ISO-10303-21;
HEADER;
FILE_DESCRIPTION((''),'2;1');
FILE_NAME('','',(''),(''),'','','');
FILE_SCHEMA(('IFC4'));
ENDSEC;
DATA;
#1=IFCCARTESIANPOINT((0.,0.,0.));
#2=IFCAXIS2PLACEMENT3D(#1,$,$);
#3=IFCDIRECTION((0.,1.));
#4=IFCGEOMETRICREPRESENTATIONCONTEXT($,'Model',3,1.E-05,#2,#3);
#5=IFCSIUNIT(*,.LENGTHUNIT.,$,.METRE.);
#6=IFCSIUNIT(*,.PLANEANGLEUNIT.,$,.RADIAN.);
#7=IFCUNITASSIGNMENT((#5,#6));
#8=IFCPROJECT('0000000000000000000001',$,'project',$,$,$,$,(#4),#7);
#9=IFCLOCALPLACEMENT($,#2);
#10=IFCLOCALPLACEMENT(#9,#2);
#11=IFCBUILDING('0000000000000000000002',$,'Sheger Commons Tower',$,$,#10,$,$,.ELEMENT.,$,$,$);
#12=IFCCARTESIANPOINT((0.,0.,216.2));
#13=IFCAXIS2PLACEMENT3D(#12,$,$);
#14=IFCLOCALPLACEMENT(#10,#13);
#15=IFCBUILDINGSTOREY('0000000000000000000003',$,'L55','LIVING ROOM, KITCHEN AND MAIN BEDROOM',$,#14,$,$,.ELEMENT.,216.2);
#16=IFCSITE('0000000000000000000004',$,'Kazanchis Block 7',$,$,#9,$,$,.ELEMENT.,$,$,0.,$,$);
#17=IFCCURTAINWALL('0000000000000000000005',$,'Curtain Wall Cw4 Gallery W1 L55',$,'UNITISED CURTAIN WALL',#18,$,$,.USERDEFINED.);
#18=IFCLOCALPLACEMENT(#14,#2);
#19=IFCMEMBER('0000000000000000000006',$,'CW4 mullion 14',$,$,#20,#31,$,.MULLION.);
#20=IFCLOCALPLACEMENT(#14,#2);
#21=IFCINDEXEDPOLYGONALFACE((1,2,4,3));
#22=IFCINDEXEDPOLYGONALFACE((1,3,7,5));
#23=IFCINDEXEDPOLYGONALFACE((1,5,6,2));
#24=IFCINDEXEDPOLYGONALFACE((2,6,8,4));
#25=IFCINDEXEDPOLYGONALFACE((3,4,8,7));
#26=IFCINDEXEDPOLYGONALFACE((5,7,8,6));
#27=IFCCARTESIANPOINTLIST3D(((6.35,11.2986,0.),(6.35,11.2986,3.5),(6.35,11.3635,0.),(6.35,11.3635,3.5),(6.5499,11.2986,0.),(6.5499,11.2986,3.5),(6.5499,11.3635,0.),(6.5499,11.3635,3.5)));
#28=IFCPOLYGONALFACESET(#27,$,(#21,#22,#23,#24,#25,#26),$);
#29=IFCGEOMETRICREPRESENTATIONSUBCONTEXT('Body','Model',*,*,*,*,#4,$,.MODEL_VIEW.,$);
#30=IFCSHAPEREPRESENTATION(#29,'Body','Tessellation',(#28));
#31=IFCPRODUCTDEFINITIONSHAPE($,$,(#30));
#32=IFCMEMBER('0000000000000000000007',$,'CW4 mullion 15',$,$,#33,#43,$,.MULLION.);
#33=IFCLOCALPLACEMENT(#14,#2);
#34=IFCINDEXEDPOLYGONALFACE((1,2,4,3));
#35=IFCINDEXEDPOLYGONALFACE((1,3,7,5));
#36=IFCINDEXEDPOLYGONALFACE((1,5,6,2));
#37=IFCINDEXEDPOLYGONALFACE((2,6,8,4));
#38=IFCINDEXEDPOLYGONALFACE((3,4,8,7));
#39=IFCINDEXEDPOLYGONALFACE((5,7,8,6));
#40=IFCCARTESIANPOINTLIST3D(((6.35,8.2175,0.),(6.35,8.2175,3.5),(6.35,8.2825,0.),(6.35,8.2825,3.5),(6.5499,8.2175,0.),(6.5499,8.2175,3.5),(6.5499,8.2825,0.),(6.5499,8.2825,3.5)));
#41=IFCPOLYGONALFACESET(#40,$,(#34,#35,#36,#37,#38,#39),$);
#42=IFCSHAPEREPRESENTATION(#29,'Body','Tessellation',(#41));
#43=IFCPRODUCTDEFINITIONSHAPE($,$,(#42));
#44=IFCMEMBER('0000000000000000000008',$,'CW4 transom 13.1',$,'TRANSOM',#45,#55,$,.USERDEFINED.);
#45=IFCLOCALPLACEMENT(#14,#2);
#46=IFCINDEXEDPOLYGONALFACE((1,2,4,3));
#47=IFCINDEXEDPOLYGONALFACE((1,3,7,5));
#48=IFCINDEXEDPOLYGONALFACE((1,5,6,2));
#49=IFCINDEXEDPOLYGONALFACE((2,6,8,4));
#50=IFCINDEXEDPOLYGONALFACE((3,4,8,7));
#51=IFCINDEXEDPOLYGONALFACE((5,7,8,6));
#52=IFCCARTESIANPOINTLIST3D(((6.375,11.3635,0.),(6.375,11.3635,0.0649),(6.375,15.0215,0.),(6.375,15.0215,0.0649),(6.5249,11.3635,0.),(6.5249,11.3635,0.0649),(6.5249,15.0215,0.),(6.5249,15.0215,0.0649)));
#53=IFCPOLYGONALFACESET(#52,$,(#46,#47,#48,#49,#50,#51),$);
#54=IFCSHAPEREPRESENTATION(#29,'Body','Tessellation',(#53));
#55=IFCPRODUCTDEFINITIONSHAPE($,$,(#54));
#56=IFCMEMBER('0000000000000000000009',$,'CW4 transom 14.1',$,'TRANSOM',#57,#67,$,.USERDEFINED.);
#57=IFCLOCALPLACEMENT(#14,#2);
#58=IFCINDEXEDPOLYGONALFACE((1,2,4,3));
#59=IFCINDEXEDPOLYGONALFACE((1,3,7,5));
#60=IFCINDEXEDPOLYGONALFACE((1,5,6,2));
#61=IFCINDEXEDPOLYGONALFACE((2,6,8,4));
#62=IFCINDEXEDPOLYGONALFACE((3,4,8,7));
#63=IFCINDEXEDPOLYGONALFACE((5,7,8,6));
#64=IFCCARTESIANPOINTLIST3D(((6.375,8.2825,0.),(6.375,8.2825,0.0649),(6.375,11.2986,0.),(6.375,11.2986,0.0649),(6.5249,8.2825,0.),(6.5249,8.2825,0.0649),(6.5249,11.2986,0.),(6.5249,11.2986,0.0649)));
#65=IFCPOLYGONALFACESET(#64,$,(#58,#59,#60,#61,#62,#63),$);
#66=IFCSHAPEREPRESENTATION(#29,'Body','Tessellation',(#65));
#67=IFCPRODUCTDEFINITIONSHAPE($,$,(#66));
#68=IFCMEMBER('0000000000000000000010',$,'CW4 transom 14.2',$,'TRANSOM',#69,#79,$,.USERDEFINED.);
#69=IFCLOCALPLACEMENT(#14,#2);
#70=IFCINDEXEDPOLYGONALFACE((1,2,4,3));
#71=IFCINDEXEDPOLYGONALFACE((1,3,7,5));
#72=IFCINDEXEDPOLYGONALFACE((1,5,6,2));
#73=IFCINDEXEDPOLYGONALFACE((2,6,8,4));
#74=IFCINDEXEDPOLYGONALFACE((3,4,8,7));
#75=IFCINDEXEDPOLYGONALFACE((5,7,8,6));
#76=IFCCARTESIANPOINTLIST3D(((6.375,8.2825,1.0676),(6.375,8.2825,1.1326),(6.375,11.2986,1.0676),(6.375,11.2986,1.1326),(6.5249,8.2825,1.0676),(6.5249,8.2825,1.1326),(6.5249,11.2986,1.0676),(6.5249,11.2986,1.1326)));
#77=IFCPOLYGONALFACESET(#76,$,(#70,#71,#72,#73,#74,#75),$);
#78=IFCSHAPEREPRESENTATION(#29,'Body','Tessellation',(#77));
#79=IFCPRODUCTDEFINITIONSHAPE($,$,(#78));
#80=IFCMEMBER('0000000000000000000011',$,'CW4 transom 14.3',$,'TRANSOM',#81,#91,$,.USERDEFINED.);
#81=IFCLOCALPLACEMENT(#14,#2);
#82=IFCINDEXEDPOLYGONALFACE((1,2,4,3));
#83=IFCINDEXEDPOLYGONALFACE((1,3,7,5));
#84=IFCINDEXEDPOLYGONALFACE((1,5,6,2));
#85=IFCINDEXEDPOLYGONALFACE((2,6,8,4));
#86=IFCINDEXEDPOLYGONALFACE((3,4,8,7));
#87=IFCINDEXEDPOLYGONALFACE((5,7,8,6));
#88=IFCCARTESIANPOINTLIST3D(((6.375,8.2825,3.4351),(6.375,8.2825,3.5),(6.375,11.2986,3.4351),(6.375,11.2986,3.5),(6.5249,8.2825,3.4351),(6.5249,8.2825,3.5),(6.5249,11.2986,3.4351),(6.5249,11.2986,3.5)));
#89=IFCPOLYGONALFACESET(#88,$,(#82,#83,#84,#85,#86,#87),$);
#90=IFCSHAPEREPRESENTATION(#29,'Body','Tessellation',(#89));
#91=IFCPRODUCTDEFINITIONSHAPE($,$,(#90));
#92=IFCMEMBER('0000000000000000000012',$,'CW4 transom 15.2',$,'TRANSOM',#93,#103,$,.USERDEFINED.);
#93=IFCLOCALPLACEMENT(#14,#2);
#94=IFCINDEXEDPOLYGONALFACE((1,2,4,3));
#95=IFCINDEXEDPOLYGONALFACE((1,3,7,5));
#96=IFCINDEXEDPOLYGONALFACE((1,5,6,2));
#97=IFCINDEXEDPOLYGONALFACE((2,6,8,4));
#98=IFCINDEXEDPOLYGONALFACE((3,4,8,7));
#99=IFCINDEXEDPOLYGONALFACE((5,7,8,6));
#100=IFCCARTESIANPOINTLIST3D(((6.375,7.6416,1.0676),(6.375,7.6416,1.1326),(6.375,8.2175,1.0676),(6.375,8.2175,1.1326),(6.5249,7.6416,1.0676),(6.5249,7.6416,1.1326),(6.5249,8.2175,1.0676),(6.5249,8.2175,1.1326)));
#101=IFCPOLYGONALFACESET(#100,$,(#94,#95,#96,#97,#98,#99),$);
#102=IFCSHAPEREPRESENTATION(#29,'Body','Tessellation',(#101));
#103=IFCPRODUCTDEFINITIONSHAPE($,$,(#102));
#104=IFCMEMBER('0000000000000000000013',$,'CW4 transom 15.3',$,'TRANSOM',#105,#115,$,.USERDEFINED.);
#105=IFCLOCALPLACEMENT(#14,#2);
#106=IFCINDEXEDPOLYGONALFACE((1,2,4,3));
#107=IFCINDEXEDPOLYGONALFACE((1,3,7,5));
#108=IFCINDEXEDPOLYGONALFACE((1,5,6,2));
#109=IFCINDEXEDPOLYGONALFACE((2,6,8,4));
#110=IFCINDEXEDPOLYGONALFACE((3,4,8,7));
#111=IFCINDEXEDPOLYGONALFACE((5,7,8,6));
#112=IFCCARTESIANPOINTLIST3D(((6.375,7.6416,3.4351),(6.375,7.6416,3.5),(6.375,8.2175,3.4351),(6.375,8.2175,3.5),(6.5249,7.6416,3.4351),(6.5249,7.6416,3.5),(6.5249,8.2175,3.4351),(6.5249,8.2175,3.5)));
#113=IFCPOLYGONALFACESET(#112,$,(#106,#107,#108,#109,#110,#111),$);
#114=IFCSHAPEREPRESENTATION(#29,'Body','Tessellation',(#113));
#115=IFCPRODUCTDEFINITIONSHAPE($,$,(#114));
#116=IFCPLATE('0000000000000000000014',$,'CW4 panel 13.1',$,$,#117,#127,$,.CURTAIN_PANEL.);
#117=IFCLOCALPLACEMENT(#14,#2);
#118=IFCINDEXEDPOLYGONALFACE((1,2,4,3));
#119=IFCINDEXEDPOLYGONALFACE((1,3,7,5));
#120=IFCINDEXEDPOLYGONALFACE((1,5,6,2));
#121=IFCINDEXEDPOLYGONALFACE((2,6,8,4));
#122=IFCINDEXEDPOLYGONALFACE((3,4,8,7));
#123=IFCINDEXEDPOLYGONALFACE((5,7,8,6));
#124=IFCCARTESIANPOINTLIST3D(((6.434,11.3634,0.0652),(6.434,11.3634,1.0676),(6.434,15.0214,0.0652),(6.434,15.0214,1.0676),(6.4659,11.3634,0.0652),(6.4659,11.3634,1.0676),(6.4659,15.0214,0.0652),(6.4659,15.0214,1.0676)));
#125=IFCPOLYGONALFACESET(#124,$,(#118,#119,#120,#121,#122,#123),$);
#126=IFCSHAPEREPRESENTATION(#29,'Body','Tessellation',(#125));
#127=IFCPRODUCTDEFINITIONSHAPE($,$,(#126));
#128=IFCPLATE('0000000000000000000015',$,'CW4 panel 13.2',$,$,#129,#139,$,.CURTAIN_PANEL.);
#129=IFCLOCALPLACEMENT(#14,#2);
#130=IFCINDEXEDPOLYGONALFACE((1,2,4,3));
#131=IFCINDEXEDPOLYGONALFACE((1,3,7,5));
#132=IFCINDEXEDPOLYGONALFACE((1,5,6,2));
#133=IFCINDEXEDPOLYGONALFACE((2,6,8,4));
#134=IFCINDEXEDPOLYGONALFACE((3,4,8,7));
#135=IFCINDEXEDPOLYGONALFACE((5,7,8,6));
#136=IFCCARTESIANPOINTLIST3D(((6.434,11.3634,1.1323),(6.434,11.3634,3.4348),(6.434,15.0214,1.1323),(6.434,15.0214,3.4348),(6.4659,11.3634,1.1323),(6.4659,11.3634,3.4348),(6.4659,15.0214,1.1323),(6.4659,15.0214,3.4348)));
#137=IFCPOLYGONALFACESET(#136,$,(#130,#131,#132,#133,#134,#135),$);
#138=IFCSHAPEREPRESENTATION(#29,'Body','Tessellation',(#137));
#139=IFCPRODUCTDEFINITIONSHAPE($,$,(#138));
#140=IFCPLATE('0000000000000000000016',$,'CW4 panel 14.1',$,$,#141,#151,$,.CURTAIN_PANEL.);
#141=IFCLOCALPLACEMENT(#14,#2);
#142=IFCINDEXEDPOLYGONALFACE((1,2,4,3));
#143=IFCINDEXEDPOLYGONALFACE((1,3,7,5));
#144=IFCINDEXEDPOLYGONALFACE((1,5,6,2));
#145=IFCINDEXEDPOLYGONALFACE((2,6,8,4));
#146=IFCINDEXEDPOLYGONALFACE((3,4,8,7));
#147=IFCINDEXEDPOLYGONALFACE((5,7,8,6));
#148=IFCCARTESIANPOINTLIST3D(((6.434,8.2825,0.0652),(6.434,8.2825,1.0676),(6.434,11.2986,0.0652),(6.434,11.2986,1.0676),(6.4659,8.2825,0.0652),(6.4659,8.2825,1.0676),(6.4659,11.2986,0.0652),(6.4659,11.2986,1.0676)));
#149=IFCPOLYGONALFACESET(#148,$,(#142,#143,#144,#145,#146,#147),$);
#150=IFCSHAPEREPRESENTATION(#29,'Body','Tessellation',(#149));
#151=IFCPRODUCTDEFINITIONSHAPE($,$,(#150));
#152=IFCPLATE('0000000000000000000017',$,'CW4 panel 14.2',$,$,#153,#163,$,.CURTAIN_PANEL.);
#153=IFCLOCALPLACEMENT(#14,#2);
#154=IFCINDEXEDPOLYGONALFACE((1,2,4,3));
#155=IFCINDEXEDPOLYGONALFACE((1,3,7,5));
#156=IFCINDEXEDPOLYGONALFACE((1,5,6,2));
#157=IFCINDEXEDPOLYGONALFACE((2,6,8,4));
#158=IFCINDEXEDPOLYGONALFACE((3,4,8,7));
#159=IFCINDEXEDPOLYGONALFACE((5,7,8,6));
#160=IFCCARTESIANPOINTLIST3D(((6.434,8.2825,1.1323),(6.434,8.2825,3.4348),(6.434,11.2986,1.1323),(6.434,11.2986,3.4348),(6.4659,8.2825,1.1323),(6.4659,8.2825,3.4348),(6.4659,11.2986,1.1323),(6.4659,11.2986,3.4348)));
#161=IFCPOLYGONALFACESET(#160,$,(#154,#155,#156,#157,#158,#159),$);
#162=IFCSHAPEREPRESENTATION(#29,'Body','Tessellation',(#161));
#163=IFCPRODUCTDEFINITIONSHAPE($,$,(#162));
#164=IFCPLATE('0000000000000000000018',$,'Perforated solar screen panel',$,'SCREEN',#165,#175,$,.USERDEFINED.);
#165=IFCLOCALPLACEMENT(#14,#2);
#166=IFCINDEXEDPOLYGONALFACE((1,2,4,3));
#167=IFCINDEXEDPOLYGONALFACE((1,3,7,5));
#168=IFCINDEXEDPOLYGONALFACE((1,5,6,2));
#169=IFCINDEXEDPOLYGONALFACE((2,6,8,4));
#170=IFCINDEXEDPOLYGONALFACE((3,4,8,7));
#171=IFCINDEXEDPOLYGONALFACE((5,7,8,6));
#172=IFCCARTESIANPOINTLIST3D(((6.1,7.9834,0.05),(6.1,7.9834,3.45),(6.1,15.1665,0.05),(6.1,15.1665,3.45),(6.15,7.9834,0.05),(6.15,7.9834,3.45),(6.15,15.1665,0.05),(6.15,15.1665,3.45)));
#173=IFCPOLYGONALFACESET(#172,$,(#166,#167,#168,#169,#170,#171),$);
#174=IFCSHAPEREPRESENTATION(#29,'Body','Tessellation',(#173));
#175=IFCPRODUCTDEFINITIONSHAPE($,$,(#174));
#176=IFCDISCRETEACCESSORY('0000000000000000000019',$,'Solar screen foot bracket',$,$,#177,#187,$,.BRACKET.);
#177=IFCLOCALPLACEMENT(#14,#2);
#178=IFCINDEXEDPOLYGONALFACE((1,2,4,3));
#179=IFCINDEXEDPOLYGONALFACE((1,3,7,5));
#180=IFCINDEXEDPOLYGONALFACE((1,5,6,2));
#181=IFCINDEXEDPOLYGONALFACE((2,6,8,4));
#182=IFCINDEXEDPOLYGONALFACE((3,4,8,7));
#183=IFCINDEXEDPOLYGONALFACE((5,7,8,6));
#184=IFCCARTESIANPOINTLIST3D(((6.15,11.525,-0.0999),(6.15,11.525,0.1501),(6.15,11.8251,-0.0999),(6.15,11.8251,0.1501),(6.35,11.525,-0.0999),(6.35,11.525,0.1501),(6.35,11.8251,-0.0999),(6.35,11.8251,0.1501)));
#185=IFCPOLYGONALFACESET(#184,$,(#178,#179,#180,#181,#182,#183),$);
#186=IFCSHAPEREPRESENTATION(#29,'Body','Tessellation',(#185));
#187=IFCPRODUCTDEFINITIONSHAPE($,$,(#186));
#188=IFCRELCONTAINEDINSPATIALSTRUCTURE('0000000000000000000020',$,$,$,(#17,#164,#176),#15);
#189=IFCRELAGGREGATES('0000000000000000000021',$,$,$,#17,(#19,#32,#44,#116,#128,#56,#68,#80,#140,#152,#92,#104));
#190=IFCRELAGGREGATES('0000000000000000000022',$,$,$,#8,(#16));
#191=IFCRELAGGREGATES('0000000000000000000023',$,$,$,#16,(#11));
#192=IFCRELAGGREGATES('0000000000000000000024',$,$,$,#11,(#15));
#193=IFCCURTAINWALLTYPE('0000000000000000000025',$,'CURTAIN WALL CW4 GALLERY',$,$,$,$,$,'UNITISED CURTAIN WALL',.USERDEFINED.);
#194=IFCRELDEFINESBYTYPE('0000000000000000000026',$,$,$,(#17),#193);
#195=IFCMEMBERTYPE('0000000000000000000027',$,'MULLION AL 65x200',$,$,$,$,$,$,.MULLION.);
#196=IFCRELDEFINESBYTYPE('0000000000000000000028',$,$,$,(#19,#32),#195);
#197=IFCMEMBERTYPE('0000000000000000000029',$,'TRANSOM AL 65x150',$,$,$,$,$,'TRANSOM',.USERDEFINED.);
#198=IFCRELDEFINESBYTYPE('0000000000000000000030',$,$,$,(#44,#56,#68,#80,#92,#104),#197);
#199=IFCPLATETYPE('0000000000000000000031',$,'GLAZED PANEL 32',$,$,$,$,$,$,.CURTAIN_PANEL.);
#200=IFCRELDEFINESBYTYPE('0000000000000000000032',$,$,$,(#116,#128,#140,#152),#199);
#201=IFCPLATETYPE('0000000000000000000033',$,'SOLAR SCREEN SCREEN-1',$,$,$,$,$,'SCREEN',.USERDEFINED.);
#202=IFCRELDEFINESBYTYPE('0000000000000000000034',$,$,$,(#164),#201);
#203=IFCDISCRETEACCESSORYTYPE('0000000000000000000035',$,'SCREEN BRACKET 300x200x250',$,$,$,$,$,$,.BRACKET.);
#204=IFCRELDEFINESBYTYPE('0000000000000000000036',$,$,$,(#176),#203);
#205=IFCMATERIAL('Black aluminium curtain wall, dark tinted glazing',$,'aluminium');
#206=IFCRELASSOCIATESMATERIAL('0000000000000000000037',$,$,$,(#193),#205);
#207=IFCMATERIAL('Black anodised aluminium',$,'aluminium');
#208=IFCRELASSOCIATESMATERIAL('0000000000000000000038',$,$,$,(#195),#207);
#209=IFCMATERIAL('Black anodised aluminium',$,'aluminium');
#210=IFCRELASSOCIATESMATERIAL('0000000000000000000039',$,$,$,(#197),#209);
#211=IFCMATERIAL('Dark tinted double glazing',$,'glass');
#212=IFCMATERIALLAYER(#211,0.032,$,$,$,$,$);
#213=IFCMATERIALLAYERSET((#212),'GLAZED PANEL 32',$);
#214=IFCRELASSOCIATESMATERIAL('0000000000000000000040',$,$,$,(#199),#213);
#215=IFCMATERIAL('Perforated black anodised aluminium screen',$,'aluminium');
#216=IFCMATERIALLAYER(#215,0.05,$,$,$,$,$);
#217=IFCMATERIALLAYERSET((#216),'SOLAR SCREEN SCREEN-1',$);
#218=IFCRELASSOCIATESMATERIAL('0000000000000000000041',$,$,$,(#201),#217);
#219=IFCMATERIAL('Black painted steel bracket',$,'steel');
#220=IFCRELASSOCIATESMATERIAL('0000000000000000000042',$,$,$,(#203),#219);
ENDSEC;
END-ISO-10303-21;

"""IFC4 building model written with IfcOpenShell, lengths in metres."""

from ifc_helpers import new_model, si_unit, direction, frame, origin, origin_2d, place, context, subcontext, project, spatial, rectangle, extrude, material, layer, layer_set, material_profile, profile_set, type_object, element, aggregate, save


model = new_model("IFC4")

# Units and contexts
model_context = context("Model", 3, precision=1e-05, world=origin(), true_north=direction((0.0, 1.0)))
body_context = subcontext(model_context, "Body", "Model", "MODEL_VIEW")
ifc_project = project(units=[si_unit("LENGTHUNIT", "METRE"), si_unit("PLANEANGLEUNIT", "RADIAN")], contexts=[model_context])

# Site, building, storey
site_placement = place(None, origin())
site = spatial("IfcSite", under=ifc_project, at=site_placement, Name="Kazanchis Block 7", CompositionType="ELEMENT", RefElevation=0.0)
building_placement = place(site_placement, origin())
building = spatial("IfcBuilding", under=site, at=building_placement, Name="Sheger Commons Tower", CompositionType="ELEMENT")
storey_placement = place(building_placement, frame((0.0, 0.0, 216.2)))
storey = spatial("IfcBuildingStorey", under=building, at=storey_placement, Name="L55", Description="LIVING ROOM, KITCHEN AND MAIN BEDROOM", CompositionType="ELEMENT", Elevation=216.2)

# Curtain wall, members, plates
ifc_material_1 = material(Name="Black aluminium curtain wall, dark tinted glazing", Category="aluminium")
curtain_wall_type = type_object("IfcCurtainWallType", Name="CURTAIN WALL CW4 GALLERY", ElementType="UNITISED CURTAIN WALL", PredefinedType="USERDEFINED", material=ifc_material_1)
curtain_wall_placement = place(storey_placement, origin())
curtain_wall = element("IfcCurtainWall", 1, at=curtain_wall_placement, inside=storey, type_object=curtain_wall_type, Name="Curtain Wall Cw4 Gallery W1 L55", ObjectType="UNITISED CURTAIN WALL", PredefinedType="USERDEFINED")
ifc_material_2 = material(Name="Black anodised aluminium", Category="aluminium")
ifc_material_profile_1 = material_profile(ifc_material_2, rectangle(XDim=0.2, YDim=0.0649, at=origin_2d()), Name="AL 65x200")
ifc_profile_set_1 = profile_set([ifc_material_profile_1], Name="Black anodised aluminium")
member_type_1 = type_object("IfcMemberType", Name="MULLION AL 65x200", PredefinedType="MULLION", material=ifc_profile_set_1)
member_1_placement = place(storey_placement, frame((6.45, 11.3311, 0.0), z_axis=(0.0, 0.0, 1.0), x_axis=(1.0, 0.0, 0.0)))
member_1 = element("IfcMember", 2, at=member_1_placement, type_object=member_type_1, Name="CW4 mullion 14", PredefinedType="MULLION", context=body_context, shape_type="SweptSolid", body=[
    extrude(rectangle(XDim=0.2, YDim=0.0649, at=origin_2d()), origin(), (0.0, 0.0, 1.0), 3.5),
])
member_2_placement = place(storey_placement, frame((6.45, 8.25, 0.0), z_axis=(0.0, 0.0, 1.0), x_axis=(1.0, 0.0, 0.0)))
member_2 = element("IfcMember", 3, at=member_2_placement, type_object=member_type_1, Name="CW4 mullion 15", PredefinedType="MULLION", context=body_context, shape_type="SweptSolid", body=[
    extrude(rectangle(XDim=0.2, YDim=0.0649, at=origin_2d()), origin(), (0.0, 0.0, 1.0), 3.5),
])
ifc_material_3 = material(Name="Black anodised aluminium", Category="aluminium")
ifc_material_profile_2 = material_profile(ifc_material_3, rectangle(XDim=0.1499, YDim=0.0649, at=origin_2d()), Name="AL 65x150")
ifc_profile_set_2 = profile_set([ifc_material_profile_2], Name="Black anodised aluminium")
member_type_2 = type_object("IfcMemberType", Name="TRANSOM AL 65x150", ElementType="TRANSOM", PredefinedType="USERDEFINED", material=ifc_profile_set_2)
member_3_placement = place(storey_placement, frame((6.45, 15.0215, 0.0325), z_axis=(0.0, -1.0, 0.0), x_axis=(1.0, 0.0, 0.0)))
member_3 = element("IfcMember", 4, at=member_3_placement, type_object=member_type_2, Name="CW4 transom 13.1", ObjectType="TRANSOM", PredefinedType="USERDEFINED", context=body_context, shape_type="SweptSolid", body=[
    extrude(rectangle(XDim=0.1499, YDim=0.0649, at=origin_2d()), origin(), (0.0, 0.0, 1.0), 3.658),
])
member_4_placement = place(storey_placement, frame((6.45, 11.2986, 0.0325), z_axis=(0.0, -1.0, 0.0), x_axis=(1.0, 0.0, 0.0)))
member_4 = element("IfcMember", 5, at=member_4_placement, type_object=member_type_2, Name="CW4 transom 14.1", ObjectType="TRANSOM", PredefinedType="USERDEFINED", context=body_context, shape_type="SweptSolid", body=[
    extrude(rectangle(XDim=0.1499, YDim=0.0649, at=origin_2d()), origin(), (0.0, 0.0, 1.0), 3.0161),
])
member_5_placement = place(storey_placement, frame((6.45, 11.2986, 1.1001), z_axis=(0.0, -1.0, 0.0), x_axis=(1.0, 0.0, 0.0)))
member_5 = element("IfcMember", 6, at=member_5_placement, type_object=member_type_2, Name="CW4 transom 14.2", ObjectType="TRANSOM", PredefinedType="USERDEFINED", context=body_context, shape_type="SweptSolid", body=[
    extrude(rectangle(XDim=0.1499, YDim=0.0649, at=origin_2d()), origin(), (0.0, 0.0, 1.0), 3.0161),
])
member_6_placement = place(storey_placement, frame((6.45, 11.2986, 3.4675), z_axis=(0.0, -1.0, 0.0), x_axis=(1.0, 0.0, 0.0)))
member_6 = element("IfcMember", 7, at=member_6_placement, type_object=member_type_2, Name="CW4 transom 14.3", ObjectType="TRANSOM", PredefinedType="USERDEFINED", context=body_context, shape_type="SweptSolid", body=[
    extrude(rectangle(XDim=0.1499, YDim=0.0649, at=origin_2d()), origin(), (0.0, 0.0, 1.0), 3.0161),
])
member_7_placement = place(storey_placement, frame((6.45, 8.2175, 1.1001), z_axis=(0.0, -1.0, 0.0), x_axis=(1.0, 0.0, 0.0)))
member_7 = element("IfcMember", 8, at=member_7_placement, type_object=member_type_2, Name="CW4 transom 15.2", ObjectType="TRANSOM", PredefinedType="USERDEFINED", context=body_context, shape_type="SweptSolid", body=[
    extrude(rectangle(XDim=0.1499, YDim=0.0649, at=origin_2d()), origin(), (0.0, 0.0, 1.0), 0.5759),
])
member_8_placement = place(storey_placement, frame((6.45, 8.2175, 3.4675), z_axis=(0.0, -1.0, 0.0), x_axis=(1.0, 0.0, 0.0)))
member_8 = element("IfcMember", 9, at=member_8_placement, type_object=member_type_2, Name="CW4 transom 15.3", ObjectType="TRANSOM", PredefinedType="USERDEFINED", context=body_context, shape_type="SweptSolid", body=[
    extrude(rectangle(XDim=0.1499, YDim=0.0649, at=origin_2d()), origin(), (0.0, 0.0, 1.0), 0.5759),
])
ifc_material_4 = material(Name="Dark tinted double glazing", Category="glass")
ifc_layer_1 = layer(ifc_material_4, 0.032)
ifc_layer_set_1 = layer_set([ifc_layer_1], Name="GLAZED PANEL 32")
plate_type_1 = type_object("IfcPlateType", Name="GLAZED PANEL 32", PredefinedType="CURTAIN_PANEL", material=ifc_layer_set_1)
plate_1_placement = place(storey_placement, frame((6.45, 13.1924, 0.0652), z_axis=(0.0, 0.0, 1.0), x_axis=(0.0, -1.0, 0.0)))
plate_1 = element("IfcPlate", 10, at=plate_1_placement, type_object=plate_type_1, Name="CW4 panel 13.1", PredefinedType="CURTAIN_PANEL", context=body_context, shape_type="SweptSolid", body=[
    extrude(rectangle(XDim=3.658, YDim=0.032, at=origin_2d()), origin(), (0.0, 0.0, 1.0), 1.0024),
])
plate_2_placement = place(storey_placement, frame((6.45, 13.1924, 1.1323), z_axis=(0.0, 0.0, 1.0), x_axis=(0.0, -1.0, 0.0)))
plate_2 = element("IfcPlate", 11, at=plate_2_placement, type_object=plate_type_1, Name="CW4 panel 13.2", PredefinedType="CURTAIN_PANEL", context=body_context, shape_type="SweptSolid", body=[
    extrude(rectangle(XDim=3.658, YDim=0.032, at=origin_2d()), origin(), (0.0, 0.0, 1.0), 2.3025),
])
plate_3_placement = place(storey_placement, frame((6.45, 9.7905, 0.0652), z_axis=(0.0, 0.0, 1.0), x_axis=(0.0, -1.0, 0.0)))
plate_3 = element("IfcPlate", 12, at=plate_3_placement, type_object=plate_type_1, Name="CW4 panel 14.1", PredefinedType="CURTAIN_PANEL", context=body_context, shape_type="SweptSolid", body=[
    extrude(rectangle(XDim=3.0161, YDim=0.032, at=origin_2d()), origin(), (0.0, 0.0, 1.0), 1.0024),
])
plate_4_placement = place(storey_placement, frame((6.45, 9.7905, 1.1323), z_axis=(0.0, 0.0, 1.0), x_axis=(0.0, -1.0, 0.0)))
plate_4 = element("IfcPlate", 13, at=plate_4_placement, type_object=plate_type_1, Name="CW4 panel 14.2", PredefinedType="CURTAIN_PANEL", context=body_context, shape_type="SweptSolid", body=[
    extrude(rectangle(XDim=3.0161, YDim=0.032, at=origin_2d()), origin(), (0.0, 0.0, 1.0), 2.3025),
])
aggregate(curtain_wall, [member_1, member_2, member_3, plate_1, plate_2, member_4, member_5, member_6, plate_3, plate_4, member_7, member_8])

# Plate
ifc_material_5 = material(Name="Perforated black anodised aluminium screen", Category="aluminium")
ifc_layer_2 = layer(ifc_material_5, 0.05)
ifc_layer_set_2 = layer_set([ifc_layer_2], Name="SOLAR SCREEN SCREEN-1")
plate_type_2 = type_object("IfcPlateType", Name="SOLAR SCREEN SCREEN-1", ElementType="SCREEN", PredefinedType="USERDEFINED", material=ifc_layer_set_2)
plate_5_placement = place(storey_placement, frame((6.125, 11.575, 0.05), z_axis=(0.0, 0.0, 1.0), x_axis=(0.0, -1.0, 0.0)))
element("IfcPlate", 14, at=plate_5_placement, inside=storey, type_object=plate_type_2, Name="Perforated solar screen panel", ObjectType="SCREEN", PredefinedType="USERDEFINED", context=body_context, shape_type="SweptSolid", body=[
    extrude(rectangle(XDim=7.1831, YDim=0.05, at=origin_2d()), origin(), (0.0, 0.0, 1.0), 3.3999),
])

# Discrete accessory
ifc_material_6 = material(Name="Black painted steel bracket", Category="steel")
discrete_accessory_type = type_object("IfcDiscreteAccessoryType", Name="SCREEN BRACKET 300x200x250", PredefinedType="BRACKET", material=ifc_material_6)
for number, where, z_axis, x_axis, name in (
    (15, (6.25, 11.675, -0.0999), (0.0, 0.0, 1.0), (0.0, -1.0, 0.0), "Solar screen foot bracket"),
):
    element("IfcDiscreteAccessory", number, at=place(storey_placement, frame(where, z_axis=z_axis, x_axis=x_axis)), inside=storey, type_object=discrete_accessory_type, Name=name, PredefinedType="BRACKET", context=body_context, shape_type="SweptSolid", body=[
        extrude(rectangle(XDim=0.3, YDim=0.2, at=origin_2d()), origin(), (0.0, 0.0, 1.0), 0.25),
    ])

save(model, "model.ifc")
